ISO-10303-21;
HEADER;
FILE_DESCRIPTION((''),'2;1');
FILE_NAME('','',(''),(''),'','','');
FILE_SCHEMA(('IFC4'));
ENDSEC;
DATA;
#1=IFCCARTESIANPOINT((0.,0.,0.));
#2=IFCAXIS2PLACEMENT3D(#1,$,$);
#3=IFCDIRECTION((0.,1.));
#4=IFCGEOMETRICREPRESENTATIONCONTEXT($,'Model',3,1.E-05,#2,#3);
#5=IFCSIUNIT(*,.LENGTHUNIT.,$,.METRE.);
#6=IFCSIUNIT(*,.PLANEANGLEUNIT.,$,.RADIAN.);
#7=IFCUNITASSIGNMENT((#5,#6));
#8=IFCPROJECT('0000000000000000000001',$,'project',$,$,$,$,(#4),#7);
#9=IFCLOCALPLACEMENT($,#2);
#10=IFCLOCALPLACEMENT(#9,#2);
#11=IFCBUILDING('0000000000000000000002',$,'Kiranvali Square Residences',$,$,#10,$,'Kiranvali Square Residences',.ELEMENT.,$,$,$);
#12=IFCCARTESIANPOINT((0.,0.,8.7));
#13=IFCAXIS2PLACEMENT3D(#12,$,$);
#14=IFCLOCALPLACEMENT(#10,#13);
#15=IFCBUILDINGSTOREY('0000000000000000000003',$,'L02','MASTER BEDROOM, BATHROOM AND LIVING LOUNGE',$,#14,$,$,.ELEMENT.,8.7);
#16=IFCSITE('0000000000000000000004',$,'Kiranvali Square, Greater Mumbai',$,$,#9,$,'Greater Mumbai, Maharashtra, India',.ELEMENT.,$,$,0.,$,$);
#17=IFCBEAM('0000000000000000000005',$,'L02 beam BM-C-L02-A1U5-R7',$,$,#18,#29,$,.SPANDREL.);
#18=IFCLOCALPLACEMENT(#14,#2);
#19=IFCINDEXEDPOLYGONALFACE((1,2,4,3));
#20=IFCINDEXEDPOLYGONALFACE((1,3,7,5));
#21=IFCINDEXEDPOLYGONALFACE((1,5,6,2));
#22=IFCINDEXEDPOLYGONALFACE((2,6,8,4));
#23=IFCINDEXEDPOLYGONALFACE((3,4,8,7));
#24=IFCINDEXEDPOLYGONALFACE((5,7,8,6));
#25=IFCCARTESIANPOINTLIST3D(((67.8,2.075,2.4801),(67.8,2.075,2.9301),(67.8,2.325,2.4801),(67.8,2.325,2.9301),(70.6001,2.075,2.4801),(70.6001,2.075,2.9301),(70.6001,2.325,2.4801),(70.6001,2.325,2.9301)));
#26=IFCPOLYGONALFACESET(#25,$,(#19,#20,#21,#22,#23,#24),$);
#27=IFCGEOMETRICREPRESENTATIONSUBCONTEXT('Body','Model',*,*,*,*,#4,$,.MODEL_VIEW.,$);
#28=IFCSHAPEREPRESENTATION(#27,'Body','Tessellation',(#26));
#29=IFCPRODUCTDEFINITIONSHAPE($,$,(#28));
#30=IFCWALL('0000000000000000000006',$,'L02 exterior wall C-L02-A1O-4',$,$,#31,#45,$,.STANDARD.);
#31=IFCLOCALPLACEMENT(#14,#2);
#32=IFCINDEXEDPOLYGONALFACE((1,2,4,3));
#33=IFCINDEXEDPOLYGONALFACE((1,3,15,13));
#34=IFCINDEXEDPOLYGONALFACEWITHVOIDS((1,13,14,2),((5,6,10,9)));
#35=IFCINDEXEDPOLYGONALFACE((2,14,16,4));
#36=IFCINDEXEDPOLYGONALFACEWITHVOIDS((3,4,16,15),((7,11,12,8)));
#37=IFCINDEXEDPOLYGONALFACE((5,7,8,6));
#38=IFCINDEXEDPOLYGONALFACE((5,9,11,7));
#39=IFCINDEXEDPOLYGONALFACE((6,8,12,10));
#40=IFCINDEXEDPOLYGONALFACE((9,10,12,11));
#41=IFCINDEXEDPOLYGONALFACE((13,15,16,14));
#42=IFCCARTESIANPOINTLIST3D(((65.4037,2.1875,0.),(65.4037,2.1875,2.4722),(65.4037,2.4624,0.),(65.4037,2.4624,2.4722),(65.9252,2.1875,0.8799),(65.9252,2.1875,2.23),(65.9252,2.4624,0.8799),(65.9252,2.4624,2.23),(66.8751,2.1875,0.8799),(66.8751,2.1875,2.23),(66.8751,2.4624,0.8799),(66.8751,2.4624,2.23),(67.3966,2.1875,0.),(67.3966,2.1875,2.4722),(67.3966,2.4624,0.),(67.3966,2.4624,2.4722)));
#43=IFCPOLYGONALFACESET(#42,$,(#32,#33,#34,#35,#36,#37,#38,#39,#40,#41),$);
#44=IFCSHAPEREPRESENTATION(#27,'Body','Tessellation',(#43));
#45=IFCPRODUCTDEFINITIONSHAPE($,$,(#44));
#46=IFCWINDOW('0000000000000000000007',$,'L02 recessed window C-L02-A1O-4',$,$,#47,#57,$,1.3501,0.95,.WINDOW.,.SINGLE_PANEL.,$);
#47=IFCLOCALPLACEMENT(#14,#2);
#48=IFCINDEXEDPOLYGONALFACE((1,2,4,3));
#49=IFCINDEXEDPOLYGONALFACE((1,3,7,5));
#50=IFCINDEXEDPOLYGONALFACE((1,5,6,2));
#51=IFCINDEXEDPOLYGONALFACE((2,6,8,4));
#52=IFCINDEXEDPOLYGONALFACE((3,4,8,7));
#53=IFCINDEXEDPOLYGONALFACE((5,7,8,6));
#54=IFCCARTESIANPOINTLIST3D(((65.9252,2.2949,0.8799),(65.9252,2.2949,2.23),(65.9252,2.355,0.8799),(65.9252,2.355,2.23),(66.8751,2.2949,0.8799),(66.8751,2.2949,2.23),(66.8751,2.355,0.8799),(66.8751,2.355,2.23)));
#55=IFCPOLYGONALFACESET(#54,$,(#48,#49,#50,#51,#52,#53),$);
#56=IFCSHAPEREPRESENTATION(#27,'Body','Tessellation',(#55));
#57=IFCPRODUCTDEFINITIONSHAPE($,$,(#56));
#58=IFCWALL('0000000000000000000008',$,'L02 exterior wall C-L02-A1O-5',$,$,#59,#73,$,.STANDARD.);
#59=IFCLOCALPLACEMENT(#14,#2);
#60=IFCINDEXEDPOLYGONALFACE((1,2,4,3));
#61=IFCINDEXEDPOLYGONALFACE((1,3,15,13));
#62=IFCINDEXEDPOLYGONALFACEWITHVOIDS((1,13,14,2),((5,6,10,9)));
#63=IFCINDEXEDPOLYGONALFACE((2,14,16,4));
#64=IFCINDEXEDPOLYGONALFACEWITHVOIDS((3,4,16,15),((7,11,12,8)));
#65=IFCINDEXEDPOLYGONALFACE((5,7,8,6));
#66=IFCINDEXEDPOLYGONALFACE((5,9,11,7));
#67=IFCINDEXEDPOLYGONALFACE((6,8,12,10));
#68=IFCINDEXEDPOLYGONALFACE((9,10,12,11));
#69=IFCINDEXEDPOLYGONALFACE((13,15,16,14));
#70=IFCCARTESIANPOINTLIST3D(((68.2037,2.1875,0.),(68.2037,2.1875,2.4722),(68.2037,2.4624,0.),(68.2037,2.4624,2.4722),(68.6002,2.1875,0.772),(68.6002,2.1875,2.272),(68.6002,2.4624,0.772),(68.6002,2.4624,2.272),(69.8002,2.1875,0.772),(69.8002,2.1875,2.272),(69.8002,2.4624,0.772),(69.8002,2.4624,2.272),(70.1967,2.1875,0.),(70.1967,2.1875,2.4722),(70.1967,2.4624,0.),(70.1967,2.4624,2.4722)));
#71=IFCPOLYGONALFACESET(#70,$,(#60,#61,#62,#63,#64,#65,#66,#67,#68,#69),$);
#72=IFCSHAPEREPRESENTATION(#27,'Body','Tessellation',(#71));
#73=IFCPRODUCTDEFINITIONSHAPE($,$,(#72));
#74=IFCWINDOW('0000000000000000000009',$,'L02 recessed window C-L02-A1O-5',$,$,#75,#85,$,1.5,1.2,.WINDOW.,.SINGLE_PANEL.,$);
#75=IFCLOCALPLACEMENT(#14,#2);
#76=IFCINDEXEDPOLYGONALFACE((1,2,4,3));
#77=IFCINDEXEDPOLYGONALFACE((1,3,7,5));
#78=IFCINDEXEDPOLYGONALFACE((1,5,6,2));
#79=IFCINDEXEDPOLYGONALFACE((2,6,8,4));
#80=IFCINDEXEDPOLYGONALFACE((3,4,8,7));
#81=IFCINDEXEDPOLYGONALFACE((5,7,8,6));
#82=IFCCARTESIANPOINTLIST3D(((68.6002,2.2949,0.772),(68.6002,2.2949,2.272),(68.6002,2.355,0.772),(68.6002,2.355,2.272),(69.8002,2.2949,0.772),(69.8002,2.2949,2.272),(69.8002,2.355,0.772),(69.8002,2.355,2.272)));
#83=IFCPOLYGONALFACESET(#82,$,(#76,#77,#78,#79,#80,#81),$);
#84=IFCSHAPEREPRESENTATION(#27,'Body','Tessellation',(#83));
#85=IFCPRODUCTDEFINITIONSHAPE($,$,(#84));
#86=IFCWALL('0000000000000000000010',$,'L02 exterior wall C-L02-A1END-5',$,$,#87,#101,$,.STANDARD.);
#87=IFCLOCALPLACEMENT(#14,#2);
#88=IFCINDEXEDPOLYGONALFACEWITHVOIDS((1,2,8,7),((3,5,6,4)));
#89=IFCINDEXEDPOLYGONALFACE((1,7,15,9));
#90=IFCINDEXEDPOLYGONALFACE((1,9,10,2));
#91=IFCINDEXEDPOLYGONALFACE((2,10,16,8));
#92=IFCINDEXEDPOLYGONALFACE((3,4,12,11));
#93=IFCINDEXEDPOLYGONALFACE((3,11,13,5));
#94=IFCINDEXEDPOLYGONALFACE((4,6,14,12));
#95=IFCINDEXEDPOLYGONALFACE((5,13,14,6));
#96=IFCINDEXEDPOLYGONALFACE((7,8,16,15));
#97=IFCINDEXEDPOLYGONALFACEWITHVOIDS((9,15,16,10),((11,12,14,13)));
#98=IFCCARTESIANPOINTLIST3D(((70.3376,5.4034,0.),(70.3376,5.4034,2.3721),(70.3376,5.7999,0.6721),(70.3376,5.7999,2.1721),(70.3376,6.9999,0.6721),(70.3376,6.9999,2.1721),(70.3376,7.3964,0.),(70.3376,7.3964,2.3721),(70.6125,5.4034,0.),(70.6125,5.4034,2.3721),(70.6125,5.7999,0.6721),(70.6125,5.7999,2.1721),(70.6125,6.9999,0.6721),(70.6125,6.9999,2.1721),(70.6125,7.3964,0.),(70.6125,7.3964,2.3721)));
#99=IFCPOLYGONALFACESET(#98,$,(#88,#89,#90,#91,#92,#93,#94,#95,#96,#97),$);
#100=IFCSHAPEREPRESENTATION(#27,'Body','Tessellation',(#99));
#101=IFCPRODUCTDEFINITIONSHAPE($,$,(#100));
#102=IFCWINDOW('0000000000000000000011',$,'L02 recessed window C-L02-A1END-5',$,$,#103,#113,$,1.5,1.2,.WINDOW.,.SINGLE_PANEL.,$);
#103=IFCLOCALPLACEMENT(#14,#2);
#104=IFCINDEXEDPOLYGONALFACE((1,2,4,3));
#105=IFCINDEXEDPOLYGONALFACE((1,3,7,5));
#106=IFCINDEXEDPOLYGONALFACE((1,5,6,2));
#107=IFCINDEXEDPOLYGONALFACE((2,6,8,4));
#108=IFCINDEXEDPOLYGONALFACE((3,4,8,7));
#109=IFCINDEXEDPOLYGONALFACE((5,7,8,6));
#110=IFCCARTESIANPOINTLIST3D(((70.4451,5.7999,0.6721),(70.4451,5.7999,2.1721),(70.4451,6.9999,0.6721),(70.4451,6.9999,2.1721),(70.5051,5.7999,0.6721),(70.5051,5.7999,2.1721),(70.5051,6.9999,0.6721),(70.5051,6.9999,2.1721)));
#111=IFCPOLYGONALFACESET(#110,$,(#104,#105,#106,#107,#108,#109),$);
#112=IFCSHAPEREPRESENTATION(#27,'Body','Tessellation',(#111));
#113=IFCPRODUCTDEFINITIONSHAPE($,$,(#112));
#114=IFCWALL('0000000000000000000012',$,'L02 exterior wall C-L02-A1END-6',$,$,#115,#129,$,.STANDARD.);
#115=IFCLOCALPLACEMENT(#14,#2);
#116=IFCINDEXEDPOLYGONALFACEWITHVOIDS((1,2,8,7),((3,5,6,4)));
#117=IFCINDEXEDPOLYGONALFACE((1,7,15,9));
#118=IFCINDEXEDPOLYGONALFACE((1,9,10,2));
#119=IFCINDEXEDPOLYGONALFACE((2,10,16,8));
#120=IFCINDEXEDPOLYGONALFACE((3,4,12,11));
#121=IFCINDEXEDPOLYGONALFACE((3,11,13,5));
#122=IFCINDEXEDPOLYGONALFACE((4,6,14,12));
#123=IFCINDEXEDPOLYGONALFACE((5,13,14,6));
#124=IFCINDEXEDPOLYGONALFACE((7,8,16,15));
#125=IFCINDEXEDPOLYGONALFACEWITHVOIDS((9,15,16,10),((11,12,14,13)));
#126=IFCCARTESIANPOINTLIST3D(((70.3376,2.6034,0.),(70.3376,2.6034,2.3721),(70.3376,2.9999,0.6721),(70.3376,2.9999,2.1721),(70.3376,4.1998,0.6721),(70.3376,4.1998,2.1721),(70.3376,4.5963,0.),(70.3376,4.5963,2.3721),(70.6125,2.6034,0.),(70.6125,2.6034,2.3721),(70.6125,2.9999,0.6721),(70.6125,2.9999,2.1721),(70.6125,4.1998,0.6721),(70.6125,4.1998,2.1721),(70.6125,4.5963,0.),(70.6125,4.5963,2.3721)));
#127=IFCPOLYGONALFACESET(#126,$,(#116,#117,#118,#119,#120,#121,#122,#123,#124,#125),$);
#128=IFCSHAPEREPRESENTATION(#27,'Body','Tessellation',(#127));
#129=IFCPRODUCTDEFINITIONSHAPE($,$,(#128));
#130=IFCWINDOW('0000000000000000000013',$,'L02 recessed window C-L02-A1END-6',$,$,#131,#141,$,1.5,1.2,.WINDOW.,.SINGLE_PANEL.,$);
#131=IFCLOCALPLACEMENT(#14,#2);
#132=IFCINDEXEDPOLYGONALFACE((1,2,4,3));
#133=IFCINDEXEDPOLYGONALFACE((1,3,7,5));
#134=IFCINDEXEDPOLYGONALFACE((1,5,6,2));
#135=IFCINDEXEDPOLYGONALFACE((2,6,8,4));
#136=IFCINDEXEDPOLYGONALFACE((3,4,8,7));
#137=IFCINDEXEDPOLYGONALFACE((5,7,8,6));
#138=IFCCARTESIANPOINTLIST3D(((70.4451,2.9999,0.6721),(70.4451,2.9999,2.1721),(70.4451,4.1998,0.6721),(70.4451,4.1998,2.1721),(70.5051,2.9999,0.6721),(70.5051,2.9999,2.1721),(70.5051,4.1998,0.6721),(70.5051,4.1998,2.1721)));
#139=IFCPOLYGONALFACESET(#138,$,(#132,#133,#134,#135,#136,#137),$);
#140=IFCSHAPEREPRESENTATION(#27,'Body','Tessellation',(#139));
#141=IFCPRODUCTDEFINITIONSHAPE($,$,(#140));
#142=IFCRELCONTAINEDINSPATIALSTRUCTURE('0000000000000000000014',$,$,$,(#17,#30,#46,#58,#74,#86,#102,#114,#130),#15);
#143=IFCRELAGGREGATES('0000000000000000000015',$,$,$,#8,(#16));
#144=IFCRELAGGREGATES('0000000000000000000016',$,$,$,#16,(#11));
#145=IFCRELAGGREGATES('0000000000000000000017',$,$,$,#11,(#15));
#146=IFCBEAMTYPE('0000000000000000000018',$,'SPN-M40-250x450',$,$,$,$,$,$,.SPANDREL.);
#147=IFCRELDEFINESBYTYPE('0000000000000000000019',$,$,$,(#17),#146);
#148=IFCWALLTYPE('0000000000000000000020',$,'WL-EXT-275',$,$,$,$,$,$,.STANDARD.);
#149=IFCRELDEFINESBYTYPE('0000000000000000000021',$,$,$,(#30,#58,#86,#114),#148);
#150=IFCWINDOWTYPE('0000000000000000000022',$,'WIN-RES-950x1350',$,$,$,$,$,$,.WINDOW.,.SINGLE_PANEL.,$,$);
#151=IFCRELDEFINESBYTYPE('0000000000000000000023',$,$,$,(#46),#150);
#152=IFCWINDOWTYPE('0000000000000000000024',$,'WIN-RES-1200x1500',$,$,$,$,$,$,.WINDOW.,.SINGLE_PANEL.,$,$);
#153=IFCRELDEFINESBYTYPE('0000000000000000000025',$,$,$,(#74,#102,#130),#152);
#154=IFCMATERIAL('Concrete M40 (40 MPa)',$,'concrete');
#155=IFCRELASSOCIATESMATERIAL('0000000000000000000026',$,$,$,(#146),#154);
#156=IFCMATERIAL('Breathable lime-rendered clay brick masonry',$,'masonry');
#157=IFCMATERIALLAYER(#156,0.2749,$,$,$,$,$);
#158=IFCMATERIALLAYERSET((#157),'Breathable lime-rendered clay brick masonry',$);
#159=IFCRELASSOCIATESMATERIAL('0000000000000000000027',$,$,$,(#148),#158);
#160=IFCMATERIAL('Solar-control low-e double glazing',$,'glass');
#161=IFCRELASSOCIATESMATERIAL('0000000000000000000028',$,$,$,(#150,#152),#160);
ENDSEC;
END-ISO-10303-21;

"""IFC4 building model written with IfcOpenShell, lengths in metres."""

from ifc_helpers import new_model, si_unit, direction, frame, frame_2d, origin, origin_2d, place, context, subcontext, project, spatial, rectangle, extrude, material, layer, layer_set, material_profile, profile_set, type_object, element, fill, save


model = new_model("IFC4")

# Units and contexts
model_context = context("Model", 3, precision=1e-05, world=origin(), true_north=direction((0.0, 1.0)))
body_context = subcontext(model_context, "Body", "Model", "MODEL_VIEW")
ifc_project = project(units=[si_unit("LENGTHUNIT", "METRE"), si_unit("PLANEANGLEUNIT", "RADIAN")], contexts=[model_context])

# Site, building, storey
site_placement = place(None, origin())
site = spatial("IfcSite", under=ifc_project, at=site_placement, Name="Kiranvali Square, Greater Mumbai", LongName="Greater Mumbai, Maharashtra, India", CompositionType="ELEMENT", RefElevation=0.0)
building_placement = place(site_placement, origin())
building = spatial("IfcBuilding", under=site, at=building_placement, Name="Kiranvali Square Residences", LongName="Kiranvali Square Residences", CompositionType="ELEMENT")
storey_placement = place(building_placement, frame((0.0, 0.0, 8.7)))
storey = spatial("IfcBuildingStorey", under=building, at=storey_placement, Name="L02", Description="MASTER BEDROOM, BATHROOM AND LIVING LOUNGE", CompositionType="ELEMENT", Elevation=8.7)

# Beam
ifc_material_1 = material(Name="Concrete M40 (40 MPa)", Category="concrete")
ifc_material_profile_1 = material_profile(ifc_material_1, rectangle(XDim=0.25, YDim=0.45, at=origin_2d()), Name="RC 250x450")
ifc_profile_set_1 = profile_set([ifc_material_profile_1], Name="Concrete M40 (40 MPa)")
beam_type_1 = type_object("IfcBeamType", Name="SPN-M40-250x450", PredefinedType="SPANDREL", material=ifc_profile_set_1)
for number, where, z_axis, x_axis, name in (
    (1, (67.8, 2.2, 2.7051), (1.0, 0.0, 0.0), (0.0, 1.0, 0.0), "L02 beam BM-C-L02-A1U5-R7"),
):
    element("IfcBeam", number, at=place(storey_placement, frame(where, z_axis=z_axis, x_axis=x_axis)), inside=storey, type_object=beam_type_1, Name=name, PredefinedType="SPANDREL", context=body_context, shape_type="SweptSolid", body=[
        extrude(rectangle(XDim=0.25, YDim=0.45, at=origin_2d()), origin(), (0.0, 0.0, 1.0), 2.8),
    ])

# Walls, openings, windows
ifc_material_2 = material(Name="Breathable lime-rendered clay brick masonry", Category="masonry")
ifc_layer = layer(ifc_material_2, 0.2749)
ifc_layer_set = layer_set([ifc_layer], Name="Breathable lime-rendered clay brick masonry")
wall_type = type_object("IfcWallType", Name="WL-EXT-275", PredefinedType="STANDARD", material=ifc_layer_set)
wall_1_placement = place(storey_placement, frame((65.4036, 2.325, 0.0), z_axis=(0.0, 0.0, 1.0), x_axis=(1.0, 0.0, 0.0)))
wall_1 = element("IfcWall", 2, at=wall_1_placement, inside=storey, type_object=wall_type, Name="L02 exterior wall C-L02-A1O-4", PredefinedType="STANDARD", context=body_context, shape_type="SweptSolid", body=[
    extrude(rectangle(XDim=1.9929, YDim=0.2749, at=frame_2d((0.9966, 0.0))), origin(), (0.0, 0.0, 1.0), 2.4722),
])
opening_1_placement = place(wall_1_placement, frame((0.5215, 0.0, 0.8799)))
opening_1 = element("IfcOpeningElement", 3, at=opening_1_placement, cuts=wall_1, PredefinedType="OPENING", context=body_context, shape_type="SweptSolid", body=[
    extrude(rectangle(XDim=0.95, YDim=1.3501, at=frame_2d((0.4751, 0.675))), frame((0.0, 0.1475, 0.0), z_axis=(0.0, -1.0, 0.0), x_axis=(1.0, 0.0, 0.0)), (0.0, 0.0, 1.0), 0.2949),
])
ifc_material_3 = material(Name="Solar-control low-e double glazing", Category="glass")
window_type_1 = type_object("IfcWindowType", Name="WIN-RES-950x1350", PartitioningType="SINGLE_PANEL", PredefinedType="WINDOW", material=ifc_material_3)
window_1_placement = place(opening_1_placement, origin())
window_1 = element("IfcWindow", 4, at=window_1_placement, inside=storey, type_object=window_type_1, Name="L02 recessed window C-L02-A1O-4", OverallHeight=1.3501, OverallWidth=0.95, PartitioningType="SINGLE_PANEL", PredefinedType="WINDOW", context=body_context, shape_type="SweptSolid", body=[
    extrude(rectangle(XDim=0.95, YDim=1.3501, at=frame_2d((0.4751, 0.675))), frame((0.0, 0.03, 0.0), z_axis=(0.0, -1.0, 0.0), x_axis=(1.0, 0.0, 0.0)), (0.0, 0.0, 1.0), 0.0601),
])
fill(opening_1, window_1)
wall_2_placement = place(storey_placement, frame((68.2036, 2.325, 0.0), z_axis=(0.0, 0.0, 1.0), x_axis=(1.0, 0.0, 0.0)))
wall_2 = element("IfcWall", 5, at=wall_2_placement, inside=storey, type_object=wall_type, Name="L02 exterior wall C-L02-A1O-5", PredefinedType="STANDARD", context=body_context, shape_type="SweptSolid", body=[
    extrude(rectangle(XDim=1.9929, YDim=0.2749, at=frame_2d((0.9966, 0.0))), origin(), (0.0, 0.0, 1.0), 2.4722),
])
opening_2_placement = place(wall_2_placement, frame((0.3965, 0.0, 0.772)))
opening_2 = element("IfcOpeningElement", 6, at=opening_2_placement, cuts=wall_2, PredefinedType="OPENING", context=body_context, shape_type="SweptSolid", body=[
    extrude(rectangle(XDim=1.2, YDim=1.5, at=frame_2d((0.6001, 0.75))), frame((0.0, 0.1475, 0.0), z_axis=(0.0, -1.0, 0.0), x_axis=(1.0, 0.0, 0.0)), (0.0, 0.0, 1.0), 0.2949),
])
window_type_2 = type_object("IfcWindowType", Name="WIN-RES-1200x1500", PartitioningType="SINGLE_PANEL", PredefinedType="WINDOW", material=ifc_material_3)
window_2_placement = place(opening_2_placement, origin())
window_2 = element("IfcWindow", 7, at=window_2_placement, inside=storey, type_object=window_type_2, Name="L02 recessed window C-L02-A1O-5", OverallHeight=1.5, OverallWidth=1.2, PartitioningType="SINGLE_PANEL", PredefinedType="WINDOW", context=body_context, shape_type="SweptSolid", body=[
    extrude(rectangle(XDim=1.2, YDim=1.5, at=frame_2d((0.6001, 0.75))), frame((0.0, 0.03, 0.0), z_axis=(0.0, -1.0, 0.0), x_axis=(1.0, 0.0, 0.0)), (0.0, 0.0, 1.0), 0.0601),
])
fill(opening_2, window_2)
wall_3_placement = place(storey_placement, frame((70.4751, 7.3965, 0.0), z_axis=(0.0, 0.0, 1.0), x_axis=(0.0, -1.0, 0.0)))
wall_3 = element("IfcWall", 8, at=wall_3_placement, inside=storey, type_object=wall_type, Name="L02 exterior wall C-L02-A1END-5", PredefinedType="STANDARD", context=body_context, shape_type="SweptSolid", body=[
    extrude(rectangle(XDim=1.9929, YDim=0.2749, at=frame_2d((0.9966, 0.0))), origin(), (0.0, 0.0, 1.0), 2.3721),
])
opening_3_placement = place(wall_3_placement, frame((0.3965, 0.0, 0.6721)))
opening_3 = element("IfcOpeningElement", 9, at=opening_3_placement, cuts=wall_3, PredefinedType="OPENING", context=body_context, shape_type="SweptSolid", body=[
    extrude(rectangle(XDim=1.2, YDim=1.5, at=frame_2d((0.6001, 0.75))), frame((0.0, 0.1475, 0.0), z_axis=(0.0, -1.0, 0.0), x_axis=(1.0, 0.0, 0.0)), (0.0, 0.0, 1.0), 0.2949),
])
window_3_placement = place(opening_3_placement, origin())
window_3 = element("IfcWindow", 10, at=window_3_placement, inside=storey, type_object=window_type_2, Name="L02 recessed window C-L02-A1END-5", OverallHeight=1.5, OverallWidth=1.2, PartitioningType="SINGLE_PANEL", PredefinedType="WINDOW", context=body_context, shape_type="SweptSolid", body=[
    extrude(rectangle(XDim=1.2, YDim=1.5, at=frame_2d((0.6001, 0.75))), frame((0.0, 0.03, 0.0), z_axis=(0.0, -1.0, 0.0), x_axis=(1.0, 0.0, 0.0)), (0.0, 0.0, 1.0), 0.0601),
])
fill(opening_3, window_3)
wall_4_placement = place(storey_placement, frame((70.4751, 4.5964, 0.0), z_axis=(0.0, 0.0, 1.0), x_axis=(0.0, -1.0, 0.0)))
wall_4 = element("IfcWall", 11, at=wall_4_placement, inside=storey, type_object=wall_type, Name="L02 exterior wall C-L02-A1END-6", PredefinedType="STANDARD", context=body_context, shape_type="SweptSolid", body=[
    extrude(rectangle(XDim=1.9929, YDim=0.2749, at=frame_2d((0.9966, 0.0))), origin(), (0.0, 0.0, 1.0), 2.3721),
])
opening_4_placement = place(wall_4_placement, frame((0.3965, 0.0, 0.6721)))
opening_4 = element("IfcOpeningElement", 12, at=opening_4_placement, cuts=wall_4, PredefinedType="OPENING", context=body_context, shape_type="SweptSolid", body=[
    extrude(rectangle(XDim=1.2, YDim=1.5, at=frame_2d((0.6001, 0.75))), frame((0.0, 0.1475, 0.0), z_axis=(0.0, -1.0, 0.0), x_axis=(1.0, 0.0, 0.0)), (0.0, 0.0, 1.0), 0.2949),
])
window_4_placement = place(opening_4_placement, origin())
window_4 = element("IfcWindow", 13, at=window_4_placement, inside=storey, type_object=window_type_2, Name="L02 recessed window C-L02-A1END-6", OverallHeight=1.5, OverallWidth=1.2, PartitioningType="SINGLE_PANEL", PredefinedType="WINDOW", context=body_context, shape_type="SweptSolid", body=[
    extrude(rectangle(XDim=1.2, YDim=1.5, at=frame_2d((0.6001, 0.75))), frame((0.0, 0.03, 0.0), z_axis=(0.0, -1.0, 0.0), x_axis=(1.0, 0.0, 0.0)), (0.0, 0.0, 1.0), 0.0601),
])
fill(opening_4, window_4)

save(model, "model.ifc")
